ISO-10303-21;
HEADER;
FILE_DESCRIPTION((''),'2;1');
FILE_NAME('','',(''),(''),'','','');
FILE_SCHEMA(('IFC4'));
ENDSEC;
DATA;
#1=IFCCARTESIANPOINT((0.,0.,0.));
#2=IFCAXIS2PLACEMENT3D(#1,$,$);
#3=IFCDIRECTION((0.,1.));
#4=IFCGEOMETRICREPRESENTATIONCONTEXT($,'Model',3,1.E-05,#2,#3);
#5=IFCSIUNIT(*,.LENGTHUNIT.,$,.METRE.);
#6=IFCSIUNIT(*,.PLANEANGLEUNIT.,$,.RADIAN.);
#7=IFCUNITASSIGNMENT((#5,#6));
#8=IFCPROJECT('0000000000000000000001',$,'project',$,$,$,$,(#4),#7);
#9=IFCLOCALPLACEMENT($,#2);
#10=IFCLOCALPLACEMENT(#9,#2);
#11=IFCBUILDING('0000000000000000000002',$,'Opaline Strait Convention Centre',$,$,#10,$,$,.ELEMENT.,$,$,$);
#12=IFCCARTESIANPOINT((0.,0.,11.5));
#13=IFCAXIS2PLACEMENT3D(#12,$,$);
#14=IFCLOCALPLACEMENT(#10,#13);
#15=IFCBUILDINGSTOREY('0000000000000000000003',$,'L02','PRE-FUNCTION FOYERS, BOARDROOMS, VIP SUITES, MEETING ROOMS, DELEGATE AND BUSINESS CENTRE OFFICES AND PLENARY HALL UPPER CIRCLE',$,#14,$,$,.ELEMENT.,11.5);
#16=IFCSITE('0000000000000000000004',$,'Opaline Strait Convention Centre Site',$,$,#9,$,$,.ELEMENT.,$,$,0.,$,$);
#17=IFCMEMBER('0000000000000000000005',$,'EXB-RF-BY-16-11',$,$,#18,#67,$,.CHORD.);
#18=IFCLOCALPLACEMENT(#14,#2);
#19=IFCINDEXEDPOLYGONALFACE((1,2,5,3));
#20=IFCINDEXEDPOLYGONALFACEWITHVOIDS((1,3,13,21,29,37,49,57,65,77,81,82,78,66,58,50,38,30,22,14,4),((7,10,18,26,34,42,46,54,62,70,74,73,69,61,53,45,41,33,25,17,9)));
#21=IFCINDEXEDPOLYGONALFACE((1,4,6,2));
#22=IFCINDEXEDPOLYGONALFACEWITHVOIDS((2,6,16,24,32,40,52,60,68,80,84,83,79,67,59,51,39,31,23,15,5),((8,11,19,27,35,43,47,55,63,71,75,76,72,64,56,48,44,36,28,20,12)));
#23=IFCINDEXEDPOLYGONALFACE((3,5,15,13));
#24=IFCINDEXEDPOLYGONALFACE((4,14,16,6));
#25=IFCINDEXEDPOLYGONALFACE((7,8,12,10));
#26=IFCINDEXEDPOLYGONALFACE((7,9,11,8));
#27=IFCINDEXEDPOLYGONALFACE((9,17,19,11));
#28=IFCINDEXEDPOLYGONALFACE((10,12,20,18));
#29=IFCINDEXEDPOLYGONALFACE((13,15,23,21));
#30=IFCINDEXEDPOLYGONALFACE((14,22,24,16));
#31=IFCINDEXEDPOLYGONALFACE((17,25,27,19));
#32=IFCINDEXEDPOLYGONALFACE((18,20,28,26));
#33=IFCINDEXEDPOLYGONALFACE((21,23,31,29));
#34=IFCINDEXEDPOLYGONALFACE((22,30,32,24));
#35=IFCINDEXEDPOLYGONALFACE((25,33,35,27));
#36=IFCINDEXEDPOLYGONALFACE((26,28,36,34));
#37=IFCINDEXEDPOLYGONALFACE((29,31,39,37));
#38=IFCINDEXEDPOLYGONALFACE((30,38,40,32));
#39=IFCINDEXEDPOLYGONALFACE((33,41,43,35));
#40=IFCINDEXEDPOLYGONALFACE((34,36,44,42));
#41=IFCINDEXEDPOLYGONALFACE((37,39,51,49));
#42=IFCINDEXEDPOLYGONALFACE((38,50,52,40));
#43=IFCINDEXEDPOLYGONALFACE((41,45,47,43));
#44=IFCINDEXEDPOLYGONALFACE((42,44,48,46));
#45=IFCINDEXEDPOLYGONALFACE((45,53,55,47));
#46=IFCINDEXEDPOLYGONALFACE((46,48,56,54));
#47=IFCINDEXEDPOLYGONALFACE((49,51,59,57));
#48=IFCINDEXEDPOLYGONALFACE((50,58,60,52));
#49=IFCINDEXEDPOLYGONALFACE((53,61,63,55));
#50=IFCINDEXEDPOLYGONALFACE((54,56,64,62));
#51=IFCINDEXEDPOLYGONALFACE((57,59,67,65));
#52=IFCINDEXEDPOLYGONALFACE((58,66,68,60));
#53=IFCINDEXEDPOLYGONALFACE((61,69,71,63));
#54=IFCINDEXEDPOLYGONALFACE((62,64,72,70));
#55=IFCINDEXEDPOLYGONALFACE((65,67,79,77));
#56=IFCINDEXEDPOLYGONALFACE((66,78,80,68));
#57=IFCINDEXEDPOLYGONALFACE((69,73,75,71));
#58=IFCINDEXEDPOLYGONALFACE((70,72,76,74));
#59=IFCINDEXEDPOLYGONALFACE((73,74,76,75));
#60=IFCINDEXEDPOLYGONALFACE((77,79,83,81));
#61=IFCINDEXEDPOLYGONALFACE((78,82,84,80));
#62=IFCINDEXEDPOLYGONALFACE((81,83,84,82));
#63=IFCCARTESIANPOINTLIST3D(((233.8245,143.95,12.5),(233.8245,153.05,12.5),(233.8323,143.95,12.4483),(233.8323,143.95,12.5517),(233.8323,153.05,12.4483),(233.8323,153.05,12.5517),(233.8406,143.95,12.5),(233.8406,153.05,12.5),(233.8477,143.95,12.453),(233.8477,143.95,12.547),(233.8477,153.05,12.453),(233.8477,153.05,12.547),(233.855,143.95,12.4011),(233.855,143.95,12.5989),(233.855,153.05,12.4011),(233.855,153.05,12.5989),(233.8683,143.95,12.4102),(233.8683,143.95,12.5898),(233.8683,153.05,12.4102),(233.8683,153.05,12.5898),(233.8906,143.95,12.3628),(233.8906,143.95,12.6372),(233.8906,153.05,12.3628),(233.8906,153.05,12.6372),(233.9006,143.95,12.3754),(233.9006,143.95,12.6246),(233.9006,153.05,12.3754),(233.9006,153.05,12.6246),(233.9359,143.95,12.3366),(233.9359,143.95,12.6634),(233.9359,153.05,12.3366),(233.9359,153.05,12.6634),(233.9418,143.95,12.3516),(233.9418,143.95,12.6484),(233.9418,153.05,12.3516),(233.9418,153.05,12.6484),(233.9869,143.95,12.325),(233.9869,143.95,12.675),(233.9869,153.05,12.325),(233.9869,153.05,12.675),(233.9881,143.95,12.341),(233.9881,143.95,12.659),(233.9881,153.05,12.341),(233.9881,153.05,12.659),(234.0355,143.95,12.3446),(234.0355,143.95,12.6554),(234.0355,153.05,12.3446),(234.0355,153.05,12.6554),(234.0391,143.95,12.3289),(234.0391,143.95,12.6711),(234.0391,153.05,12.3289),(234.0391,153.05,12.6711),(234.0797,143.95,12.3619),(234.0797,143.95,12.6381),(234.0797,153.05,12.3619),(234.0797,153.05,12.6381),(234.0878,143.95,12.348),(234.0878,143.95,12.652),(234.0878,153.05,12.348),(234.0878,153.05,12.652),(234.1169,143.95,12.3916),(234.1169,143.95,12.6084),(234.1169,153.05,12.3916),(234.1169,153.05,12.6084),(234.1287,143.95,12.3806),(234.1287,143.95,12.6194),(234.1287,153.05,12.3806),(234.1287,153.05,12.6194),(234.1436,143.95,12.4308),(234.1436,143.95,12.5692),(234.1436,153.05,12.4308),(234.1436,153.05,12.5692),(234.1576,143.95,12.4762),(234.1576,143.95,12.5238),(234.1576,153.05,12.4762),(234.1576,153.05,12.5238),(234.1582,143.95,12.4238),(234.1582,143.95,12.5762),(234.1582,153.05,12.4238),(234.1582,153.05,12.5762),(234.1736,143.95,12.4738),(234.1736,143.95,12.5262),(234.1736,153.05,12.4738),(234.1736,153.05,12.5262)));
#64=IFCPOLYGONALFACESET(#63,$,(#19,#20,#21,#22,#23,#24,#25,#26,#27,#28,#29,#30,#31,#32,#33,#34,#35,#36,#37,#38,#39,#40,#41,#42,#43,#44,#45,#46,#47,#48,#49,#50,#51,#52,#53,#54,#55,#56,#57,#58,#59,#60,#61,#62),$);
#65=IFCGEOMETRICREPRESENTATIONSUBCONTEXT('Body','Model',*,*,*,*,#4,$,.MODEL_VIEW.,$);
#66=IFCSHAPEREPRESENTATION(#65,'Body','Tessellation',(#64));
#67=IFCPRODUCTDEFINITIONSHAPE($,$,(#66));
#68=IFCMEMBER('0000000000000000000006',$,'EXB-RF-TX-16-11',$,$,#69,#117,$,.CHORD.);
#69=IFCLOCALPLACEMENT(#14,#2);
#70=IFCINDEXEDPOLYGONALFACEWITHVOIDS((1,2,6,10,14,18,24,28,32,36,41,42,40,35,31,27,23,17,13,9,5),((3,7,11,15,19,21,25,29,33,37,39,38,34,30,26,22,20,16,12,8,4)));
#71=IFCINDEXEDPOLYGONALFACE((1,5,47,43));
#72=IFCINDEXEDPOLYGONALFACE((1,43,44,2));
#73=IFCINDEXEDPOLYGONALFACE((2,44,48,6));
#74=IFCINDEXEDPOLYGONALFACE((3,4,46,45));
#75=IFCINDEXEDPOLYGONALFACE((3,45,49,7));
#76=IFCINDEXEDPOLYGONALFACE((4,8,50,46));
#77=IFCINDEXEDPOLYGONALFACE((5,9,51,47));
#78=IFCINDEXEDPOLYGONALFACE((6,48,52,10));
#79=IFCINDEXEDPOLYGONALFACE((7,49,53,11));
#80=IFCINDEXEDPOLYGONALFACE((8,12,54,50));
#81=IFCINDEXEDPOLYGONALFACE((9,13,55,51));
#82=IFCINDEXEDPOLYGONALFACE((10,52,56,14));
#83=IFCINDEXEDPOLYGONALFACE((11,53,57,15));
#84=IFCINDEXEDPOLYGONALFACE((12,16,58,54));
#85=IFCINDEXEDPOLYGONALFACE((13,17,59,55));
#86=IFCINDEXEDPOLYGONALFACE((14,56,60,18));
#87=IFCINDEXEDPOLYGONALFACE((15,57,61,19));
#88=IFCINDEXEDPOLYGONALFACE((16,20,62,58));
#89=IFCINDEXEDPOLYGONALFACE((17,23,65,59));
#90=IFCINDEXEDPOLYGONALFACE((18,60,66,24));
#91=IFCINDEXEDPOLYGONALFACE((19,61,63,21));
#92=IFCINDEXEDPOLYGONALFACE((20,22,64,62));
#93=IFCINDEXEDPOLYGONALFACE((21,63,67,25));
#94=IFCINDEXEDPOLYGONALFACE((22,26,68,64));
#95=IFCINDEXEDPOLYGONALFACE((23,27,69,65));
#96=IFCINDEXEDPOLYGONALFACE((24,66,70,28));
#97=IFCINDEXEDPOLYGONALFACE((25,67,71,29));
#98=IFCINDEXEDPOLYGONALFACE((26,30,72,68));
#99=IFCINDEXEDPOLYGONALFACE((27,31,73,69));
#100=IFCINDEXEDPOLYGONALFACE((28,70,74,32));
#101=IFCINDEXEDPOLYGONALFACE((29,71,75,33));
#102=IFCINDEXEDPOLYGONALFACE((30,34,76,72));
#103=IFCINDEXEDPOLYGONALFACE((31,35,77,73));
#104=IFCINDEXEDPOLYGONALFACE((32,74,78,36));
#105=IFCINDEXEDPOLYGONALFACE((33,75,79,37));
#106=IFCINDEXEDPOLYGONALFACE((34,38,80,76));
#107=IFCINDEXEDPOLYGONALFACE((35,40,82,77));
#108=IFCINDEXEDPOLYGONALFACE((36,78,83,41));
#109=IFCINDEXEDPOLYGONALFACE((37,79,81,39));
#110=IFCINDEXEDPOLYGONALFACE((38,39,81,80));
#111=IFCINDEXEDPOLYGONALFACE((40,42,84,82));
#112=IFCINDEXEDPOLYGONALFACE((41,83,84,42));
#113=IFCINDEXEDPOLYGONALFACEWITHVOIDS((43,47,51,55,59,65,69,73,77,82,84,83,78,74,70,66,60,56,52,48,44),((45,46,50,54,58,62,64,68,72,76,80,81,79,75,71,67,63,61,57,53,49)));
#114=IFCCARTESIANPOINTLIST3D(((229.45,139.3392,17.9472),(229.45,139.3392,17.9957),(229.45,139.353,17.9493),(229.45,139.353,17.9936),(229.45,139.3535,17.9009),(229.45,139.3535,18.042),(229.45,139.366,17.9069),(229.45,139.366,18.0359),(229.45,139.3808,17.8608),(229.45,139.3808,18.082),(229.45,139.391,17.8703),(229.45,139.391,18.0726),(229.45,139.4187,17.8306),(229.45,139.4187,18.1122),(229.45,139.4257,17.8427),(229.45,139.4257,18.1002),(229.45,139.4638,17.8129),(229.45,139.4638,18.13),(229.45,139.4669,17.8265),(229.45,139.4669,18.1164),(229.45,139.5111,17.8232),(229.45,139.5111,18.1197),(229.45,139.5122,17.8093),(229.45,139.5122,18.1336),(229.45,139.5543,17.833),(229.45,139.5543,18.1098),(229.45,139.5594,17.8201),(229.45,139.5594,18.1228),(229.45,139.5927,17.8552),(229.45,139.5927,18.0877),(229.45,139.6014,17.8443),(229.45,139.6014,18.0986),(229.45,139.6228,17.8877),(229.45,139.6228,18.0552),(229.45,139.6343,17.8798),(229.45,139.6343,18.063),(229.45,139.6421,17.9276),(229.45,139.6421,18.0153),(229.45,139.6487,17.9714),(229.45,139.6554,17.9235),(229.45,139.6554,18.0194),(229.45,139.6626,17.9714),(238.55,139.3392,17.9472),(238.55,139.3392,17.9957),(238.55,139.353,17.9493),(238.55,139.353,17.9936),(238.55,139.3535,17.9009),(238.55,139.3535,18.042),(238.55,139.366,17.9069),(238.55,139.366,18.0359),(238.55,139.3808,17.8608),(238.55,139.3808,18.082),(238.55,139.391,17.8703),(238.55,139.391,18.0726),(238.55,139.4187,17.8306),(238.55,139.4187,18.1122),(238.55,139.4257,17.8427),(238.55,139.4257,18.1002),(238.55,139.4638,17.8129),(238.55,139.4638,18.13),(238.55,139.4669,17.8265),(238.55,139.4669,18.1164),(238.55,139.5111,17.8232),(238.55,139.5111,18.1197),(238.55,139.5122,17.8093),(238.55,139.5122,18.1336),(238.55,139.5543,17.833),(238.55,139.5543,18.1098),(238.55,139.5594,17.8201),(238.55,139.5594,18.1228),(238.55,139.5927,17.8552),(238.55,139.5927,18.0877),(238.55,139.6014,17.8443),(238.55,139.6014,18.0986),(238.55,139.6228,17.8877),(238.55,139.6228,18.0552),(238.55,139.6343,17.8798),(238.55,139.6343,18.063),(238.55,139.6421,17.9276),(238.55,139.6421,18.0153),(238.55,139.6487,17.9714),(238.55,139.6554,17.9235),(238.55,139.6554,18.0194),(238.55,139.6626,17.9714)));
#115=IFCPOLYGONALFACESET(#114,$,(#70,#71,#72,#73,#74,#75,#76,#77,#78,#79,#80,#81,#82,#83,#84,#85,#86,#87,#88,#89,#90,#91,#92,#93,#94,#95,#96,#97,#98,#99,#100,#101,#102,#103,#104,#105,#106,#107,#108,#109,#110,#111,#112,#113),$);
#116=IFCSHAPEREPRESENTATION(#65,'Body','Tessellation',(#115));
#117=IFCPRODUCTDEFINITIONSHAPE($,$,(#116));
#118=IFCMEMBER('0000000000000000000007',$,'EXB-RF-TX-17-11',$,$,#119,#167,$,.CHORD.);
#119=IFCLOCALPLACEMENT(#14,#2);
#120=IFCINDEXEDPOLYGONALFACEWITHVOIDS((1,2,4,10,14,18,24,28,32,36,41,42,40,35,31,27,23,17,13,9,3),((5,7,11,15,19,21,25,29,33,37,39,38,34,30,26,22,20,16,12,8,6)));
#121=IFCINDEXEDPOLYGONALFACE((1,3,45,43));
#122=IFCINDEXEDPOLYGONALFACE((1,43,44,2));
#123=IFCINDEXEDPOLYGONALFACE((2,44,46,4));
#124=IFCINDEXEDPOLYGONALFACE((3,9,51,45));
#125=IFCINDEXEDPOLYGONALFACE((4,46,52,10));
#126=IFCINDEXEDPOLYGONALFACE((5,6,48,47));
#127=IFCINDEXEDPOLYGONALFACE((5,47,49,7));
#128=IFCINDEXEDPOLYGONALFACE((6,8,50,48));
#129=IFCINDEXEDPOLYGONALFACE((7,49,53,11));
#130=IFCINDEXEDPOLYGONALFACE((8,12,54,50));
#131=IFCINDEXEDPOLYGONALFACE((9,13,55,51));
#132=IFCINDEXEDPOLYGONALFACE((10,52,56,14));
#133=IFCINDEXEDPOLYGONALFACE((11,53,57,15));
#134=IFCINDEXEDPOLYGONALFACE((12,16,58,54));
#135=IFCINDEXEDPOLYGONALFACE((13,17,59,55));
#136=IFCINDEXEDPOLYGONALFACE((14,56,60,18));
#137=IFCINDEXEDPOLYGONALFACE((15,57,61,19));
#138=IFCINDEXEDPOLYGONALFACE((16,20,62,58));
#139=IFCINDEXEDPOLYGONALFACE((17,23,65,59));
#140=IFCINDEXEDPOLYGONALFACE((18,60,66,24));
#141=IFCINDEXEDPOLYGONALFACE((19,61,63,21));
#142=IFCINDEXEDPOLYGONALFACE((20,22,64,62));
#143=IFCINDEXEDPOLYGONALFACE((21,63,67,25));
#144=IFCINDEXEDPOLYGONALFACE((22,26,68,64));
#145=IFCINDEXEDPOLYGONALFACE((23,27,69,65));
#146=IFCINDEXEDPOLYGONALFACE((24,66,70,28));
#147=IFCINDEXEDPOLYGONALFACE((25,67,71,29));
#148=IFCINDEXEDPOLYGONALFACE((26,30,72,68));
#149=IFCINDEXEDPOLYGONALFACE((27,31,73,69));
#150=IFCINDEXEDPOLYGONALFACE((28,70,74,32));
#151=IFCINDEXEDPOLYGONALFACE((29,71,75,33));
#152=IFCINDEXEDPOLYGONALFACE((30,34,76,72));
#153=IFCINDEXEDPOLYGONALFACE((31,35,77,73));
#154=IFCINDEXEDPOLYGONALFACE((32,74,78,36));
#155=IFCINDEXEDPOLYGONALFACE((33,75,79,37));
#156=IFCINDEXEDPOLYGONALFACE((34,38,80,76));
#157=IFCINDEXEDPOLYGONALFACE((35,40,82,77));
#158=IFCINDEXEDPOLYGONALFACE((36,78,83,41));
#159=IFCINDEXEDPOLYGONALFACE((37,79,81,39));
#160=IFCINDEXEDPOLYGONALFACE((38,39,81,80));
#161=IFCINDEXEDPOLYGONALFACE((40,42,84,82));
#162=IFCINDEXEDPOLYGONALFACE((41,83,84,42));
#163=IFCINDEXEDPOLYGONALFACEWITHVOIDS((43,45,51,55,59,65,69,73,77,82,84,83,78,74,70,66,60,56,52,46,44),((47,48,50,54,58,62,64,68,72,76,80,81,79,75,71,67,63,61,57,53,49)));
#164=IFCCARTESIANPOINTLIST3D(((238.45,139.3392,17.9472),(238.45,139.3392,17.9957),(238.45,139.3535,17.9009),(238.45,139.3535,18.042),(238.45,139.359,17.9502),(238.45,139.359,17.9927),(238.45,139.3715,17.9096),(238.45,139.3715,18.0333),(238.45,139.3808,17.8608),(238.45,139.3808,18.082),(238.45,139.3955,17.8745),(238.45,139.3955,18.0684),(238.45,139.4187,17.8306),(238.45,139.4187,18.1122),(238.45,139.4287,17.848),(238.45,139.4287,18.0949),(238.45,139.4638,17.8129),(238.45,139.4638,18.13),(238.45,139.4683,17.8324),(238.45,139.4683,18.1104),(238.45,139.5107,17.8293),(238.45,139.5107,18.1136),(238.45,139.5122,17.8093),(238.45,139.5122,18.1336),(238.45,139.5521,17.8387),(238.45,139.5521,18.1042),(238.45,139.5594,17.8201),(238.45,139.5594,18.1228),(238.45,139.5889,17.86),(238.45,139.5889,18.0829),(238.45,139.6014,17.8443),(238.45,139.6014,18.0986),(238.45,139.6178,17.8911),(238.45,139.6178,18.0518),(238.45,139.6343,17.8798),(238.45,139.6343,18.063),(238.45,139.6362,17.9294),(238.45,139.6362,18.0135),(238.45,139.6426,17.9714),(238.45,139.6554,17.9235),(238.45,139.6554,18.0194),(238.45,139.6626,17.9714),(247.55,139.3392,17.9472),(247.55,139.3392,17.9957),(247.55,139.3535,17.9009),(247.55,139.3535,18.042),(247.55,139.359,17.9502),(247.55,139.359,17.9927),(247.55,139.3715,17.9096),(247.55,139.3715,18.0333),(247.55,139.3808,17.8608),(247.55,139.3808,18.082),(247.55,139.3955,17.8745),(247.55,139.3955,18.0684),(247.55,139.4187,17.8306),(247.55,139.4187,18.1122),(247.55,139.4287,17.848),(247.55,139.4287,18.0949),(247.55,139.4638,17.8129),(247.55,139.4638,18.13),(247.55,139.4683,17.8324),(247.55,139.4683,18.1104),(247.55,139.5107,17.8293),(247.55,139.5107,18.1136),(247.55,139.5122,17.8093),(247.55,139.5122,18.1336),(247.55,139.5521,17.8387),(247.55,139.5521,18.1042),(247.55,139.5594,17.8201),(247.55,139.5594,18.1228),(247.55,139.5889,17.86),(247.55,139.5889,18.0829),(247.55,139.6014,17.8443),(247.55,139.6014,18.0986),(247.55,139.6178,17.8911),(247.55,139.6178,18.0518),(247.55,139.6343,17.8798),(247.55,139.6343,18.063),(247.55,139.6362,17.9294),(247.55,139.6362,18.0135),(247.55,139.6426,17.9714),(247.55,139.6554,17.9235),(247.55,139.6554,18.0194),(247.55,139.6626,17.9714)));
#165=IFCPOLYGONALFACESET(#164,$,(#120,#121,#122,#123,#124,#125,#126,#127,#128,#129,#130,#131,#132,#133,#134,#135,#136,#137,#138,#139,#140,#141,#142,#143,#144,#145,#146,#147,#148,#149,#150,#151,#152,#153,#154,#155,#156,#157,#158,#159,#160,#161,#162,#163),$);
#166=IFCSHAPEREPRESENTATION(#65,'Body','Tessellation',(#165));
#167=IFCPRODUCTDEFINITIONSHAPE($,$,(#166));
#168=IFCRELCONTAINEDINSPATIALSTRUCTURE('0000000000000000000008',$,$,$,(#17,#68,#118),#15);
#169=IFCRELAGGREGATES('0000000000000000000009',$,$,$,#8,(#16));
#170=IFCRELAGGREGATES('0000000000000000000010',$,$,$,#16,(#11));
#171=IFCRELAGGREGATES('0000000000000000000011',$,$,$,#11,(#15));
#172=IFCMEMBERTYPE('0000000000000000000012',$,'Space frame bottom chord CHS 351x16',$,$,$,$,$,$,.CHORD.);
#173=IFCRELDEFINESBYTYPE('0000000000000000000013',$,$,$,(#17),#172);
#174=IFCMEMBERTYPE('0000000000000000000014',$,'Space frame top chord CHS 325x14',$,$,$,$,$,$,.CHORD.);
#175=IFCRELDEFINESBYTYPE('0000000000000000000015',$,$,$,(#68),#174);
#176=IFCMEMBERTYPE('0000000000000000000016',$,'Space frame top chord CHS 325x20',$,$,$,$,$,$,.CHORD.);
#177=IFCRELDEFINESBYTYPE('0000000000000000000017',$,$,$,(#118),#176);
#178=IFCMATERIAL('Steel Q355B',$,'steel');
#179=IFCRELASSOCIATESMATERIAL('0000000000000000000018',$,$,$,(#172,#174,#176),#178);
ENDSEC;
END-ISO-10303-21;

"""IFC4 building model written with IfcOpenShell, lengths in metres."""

from ifc_helpers import new_model, si_unit, direction, frame, origin, origin_2d, place, context, subcontext, project, spatial, hollow_circle, extrude, material, material_profile, profile_set, type_object, element, save


model = new_model("IFC4")

# Units and contexts
model_context = context("Model", 3, precision=1e-05, world=origin(), true_north=direction((0.0, 1.0)))
body_context = subcontext(model_context, "Body", "Model", "MODEL_VIEW")
ifc_project = project(units=[si_unit("LENGTHUNIT", "METRE"), si_unit("PLANEANGLEUNIT", "RADIAN")], contexts=[model_context])

# Site, building, storey
site_placement = place(None, origin())
site = spatial("IfcSite", under=ifc_project, at=site_placement, Name="Opaline Strait Convention Centre Site", CompositionType="ELEMENT", RefElevation=0.0)
building_placement = place(site_placement, origin())
building = spatial("IfcBuilding", under=site, at=building_placement, Name="Opaline Strait Convention Centre", CompositionType="ELEMENT")
storey_placement = place(building_placement, frame((0.0, 0.0, 11.5)))
storey = spatial("IfcBuildingStorey", under=building, at=storey_placement, Name="L02", Description="PRE-FUNCTION FOYERS, BOARDROOMS, VIP SUITES, MEETING ROOMS, DELEGATE AND BUSINESS CENTRE OFFICES AND PLENARY HALL UPPER CIRCLE", CompositionType="ELEMENT", Elevation=11.5)

# Members
ifc_material_1 = material(Name="Steel Q355B", Category="steel")
ifc_material_profile_1 = material_profile(ifc_material_1, hollow_circle(Radius=0.1755, WallThickness=0.0161, at=origin_2d()), Name="CHS 351x16")
ifc_profile_set_1 = profile_set([ifc_material_profile_1], Name="Steel Q355B")
member_type_1 = type_object("IfcMemberType", Name="Space frame bottom chord CHS 351x16", PredefinedType="CHORD", material=ifc_profile_set_1)
for number, where, z_axis, x_axis, name in (
    (1, (234.0, 143.95, 12.5), (0.0, 1.0, 0.0), (-1.0, 0.0, 0.0), "EXB-RF-BY-16-11"),
):
    element("IfcMember", number, at=place(storey_placement, frame(where, z_axis=z_axis, x_axis=x_axis)), inside=storey, type_object=member_type_1, Name=name, PredefinedType="CHORD", context=body_context, shape_type="SweptSolid", body=[
        extrude(hollow_circle(Radius=0.1755, WallThickness=0.0161, at=origin_2d()), origin(), (0.0, 0.0, 1.0), 9.1001),
    ])
ifc_material_profile_2 = material_profile(ifc_material_1, hollow_circle(Radius=0.1626, WallThickness=0.0139, at=origin_2d()), Name="CHS 325x14")
ifc_profile_set_2 = profile_set([ifc_material_profile_2], Name="Steel Q355B")
member_type_2 = type_object("IfcMemberType", Name="Space frame top chord CHS 325x14", PredefinedType="CHORD", material=ifc_profile_set_2)
member_1_placement = place(storey_placement, frame((229.45, 139.5, 17.9714), z_axis=(1.0, 0.0, 0.0), x_axis=(0.0, 1.0, 0.0)))
element("IfcMember", 2, at=member_1_placement, inside=storey, type_object=member_type_2, Name="EXB-RF-TX-16-11", PredefinedType="CHORD", context=body_context, shape_type="SweptSolid", body=[
    extrude(hollow_circle(Radius=0.1626, WallThickness=0.0139, at=origin_2d()), origin(), (0.0, 0.0, 1.0), 9.1001),
])
ifc_material_profile_3 = material_profile(ifc_material_1, hollow_circle(Radius=0.1626, WallThickness=0.02, at=origin_2d()), Name="CHS 325x20")
ifc_profile_set_3 = profile_set([ifc_material_profile_3], Name="Steel Q355B")
member_type_3 = type_object("IfcMemberType", Name="Space frame top chord CHS 325x20", PredefinedType="CHORD", material=ifc_profile_set_3)
for number, where, z_axis, x_axis, name in (
    (3, (238.45, 139.5, 17.9714), (1.0, 0.0, 0.0), (0.0, 1.0, 0.0), "EXB-RF-TX-17-11"),
):
    element("IfcMember", number, at=place(storey_placement, frame(where, z_axis=z_axis, x_axis=x_axis)), inside=storey, type_object=member_type_3, Name=name, PredefinedType="CHORD", context=body_context, shape_type="SweptSolid", body=[
        extrude(hollow_circle(Radius=0.1626, WallThickness=0.02, at=origin_2d()), origin(), (0.0, 0.0, 1.0), 9.1001),
    ])

save(model, "model.ifc")
